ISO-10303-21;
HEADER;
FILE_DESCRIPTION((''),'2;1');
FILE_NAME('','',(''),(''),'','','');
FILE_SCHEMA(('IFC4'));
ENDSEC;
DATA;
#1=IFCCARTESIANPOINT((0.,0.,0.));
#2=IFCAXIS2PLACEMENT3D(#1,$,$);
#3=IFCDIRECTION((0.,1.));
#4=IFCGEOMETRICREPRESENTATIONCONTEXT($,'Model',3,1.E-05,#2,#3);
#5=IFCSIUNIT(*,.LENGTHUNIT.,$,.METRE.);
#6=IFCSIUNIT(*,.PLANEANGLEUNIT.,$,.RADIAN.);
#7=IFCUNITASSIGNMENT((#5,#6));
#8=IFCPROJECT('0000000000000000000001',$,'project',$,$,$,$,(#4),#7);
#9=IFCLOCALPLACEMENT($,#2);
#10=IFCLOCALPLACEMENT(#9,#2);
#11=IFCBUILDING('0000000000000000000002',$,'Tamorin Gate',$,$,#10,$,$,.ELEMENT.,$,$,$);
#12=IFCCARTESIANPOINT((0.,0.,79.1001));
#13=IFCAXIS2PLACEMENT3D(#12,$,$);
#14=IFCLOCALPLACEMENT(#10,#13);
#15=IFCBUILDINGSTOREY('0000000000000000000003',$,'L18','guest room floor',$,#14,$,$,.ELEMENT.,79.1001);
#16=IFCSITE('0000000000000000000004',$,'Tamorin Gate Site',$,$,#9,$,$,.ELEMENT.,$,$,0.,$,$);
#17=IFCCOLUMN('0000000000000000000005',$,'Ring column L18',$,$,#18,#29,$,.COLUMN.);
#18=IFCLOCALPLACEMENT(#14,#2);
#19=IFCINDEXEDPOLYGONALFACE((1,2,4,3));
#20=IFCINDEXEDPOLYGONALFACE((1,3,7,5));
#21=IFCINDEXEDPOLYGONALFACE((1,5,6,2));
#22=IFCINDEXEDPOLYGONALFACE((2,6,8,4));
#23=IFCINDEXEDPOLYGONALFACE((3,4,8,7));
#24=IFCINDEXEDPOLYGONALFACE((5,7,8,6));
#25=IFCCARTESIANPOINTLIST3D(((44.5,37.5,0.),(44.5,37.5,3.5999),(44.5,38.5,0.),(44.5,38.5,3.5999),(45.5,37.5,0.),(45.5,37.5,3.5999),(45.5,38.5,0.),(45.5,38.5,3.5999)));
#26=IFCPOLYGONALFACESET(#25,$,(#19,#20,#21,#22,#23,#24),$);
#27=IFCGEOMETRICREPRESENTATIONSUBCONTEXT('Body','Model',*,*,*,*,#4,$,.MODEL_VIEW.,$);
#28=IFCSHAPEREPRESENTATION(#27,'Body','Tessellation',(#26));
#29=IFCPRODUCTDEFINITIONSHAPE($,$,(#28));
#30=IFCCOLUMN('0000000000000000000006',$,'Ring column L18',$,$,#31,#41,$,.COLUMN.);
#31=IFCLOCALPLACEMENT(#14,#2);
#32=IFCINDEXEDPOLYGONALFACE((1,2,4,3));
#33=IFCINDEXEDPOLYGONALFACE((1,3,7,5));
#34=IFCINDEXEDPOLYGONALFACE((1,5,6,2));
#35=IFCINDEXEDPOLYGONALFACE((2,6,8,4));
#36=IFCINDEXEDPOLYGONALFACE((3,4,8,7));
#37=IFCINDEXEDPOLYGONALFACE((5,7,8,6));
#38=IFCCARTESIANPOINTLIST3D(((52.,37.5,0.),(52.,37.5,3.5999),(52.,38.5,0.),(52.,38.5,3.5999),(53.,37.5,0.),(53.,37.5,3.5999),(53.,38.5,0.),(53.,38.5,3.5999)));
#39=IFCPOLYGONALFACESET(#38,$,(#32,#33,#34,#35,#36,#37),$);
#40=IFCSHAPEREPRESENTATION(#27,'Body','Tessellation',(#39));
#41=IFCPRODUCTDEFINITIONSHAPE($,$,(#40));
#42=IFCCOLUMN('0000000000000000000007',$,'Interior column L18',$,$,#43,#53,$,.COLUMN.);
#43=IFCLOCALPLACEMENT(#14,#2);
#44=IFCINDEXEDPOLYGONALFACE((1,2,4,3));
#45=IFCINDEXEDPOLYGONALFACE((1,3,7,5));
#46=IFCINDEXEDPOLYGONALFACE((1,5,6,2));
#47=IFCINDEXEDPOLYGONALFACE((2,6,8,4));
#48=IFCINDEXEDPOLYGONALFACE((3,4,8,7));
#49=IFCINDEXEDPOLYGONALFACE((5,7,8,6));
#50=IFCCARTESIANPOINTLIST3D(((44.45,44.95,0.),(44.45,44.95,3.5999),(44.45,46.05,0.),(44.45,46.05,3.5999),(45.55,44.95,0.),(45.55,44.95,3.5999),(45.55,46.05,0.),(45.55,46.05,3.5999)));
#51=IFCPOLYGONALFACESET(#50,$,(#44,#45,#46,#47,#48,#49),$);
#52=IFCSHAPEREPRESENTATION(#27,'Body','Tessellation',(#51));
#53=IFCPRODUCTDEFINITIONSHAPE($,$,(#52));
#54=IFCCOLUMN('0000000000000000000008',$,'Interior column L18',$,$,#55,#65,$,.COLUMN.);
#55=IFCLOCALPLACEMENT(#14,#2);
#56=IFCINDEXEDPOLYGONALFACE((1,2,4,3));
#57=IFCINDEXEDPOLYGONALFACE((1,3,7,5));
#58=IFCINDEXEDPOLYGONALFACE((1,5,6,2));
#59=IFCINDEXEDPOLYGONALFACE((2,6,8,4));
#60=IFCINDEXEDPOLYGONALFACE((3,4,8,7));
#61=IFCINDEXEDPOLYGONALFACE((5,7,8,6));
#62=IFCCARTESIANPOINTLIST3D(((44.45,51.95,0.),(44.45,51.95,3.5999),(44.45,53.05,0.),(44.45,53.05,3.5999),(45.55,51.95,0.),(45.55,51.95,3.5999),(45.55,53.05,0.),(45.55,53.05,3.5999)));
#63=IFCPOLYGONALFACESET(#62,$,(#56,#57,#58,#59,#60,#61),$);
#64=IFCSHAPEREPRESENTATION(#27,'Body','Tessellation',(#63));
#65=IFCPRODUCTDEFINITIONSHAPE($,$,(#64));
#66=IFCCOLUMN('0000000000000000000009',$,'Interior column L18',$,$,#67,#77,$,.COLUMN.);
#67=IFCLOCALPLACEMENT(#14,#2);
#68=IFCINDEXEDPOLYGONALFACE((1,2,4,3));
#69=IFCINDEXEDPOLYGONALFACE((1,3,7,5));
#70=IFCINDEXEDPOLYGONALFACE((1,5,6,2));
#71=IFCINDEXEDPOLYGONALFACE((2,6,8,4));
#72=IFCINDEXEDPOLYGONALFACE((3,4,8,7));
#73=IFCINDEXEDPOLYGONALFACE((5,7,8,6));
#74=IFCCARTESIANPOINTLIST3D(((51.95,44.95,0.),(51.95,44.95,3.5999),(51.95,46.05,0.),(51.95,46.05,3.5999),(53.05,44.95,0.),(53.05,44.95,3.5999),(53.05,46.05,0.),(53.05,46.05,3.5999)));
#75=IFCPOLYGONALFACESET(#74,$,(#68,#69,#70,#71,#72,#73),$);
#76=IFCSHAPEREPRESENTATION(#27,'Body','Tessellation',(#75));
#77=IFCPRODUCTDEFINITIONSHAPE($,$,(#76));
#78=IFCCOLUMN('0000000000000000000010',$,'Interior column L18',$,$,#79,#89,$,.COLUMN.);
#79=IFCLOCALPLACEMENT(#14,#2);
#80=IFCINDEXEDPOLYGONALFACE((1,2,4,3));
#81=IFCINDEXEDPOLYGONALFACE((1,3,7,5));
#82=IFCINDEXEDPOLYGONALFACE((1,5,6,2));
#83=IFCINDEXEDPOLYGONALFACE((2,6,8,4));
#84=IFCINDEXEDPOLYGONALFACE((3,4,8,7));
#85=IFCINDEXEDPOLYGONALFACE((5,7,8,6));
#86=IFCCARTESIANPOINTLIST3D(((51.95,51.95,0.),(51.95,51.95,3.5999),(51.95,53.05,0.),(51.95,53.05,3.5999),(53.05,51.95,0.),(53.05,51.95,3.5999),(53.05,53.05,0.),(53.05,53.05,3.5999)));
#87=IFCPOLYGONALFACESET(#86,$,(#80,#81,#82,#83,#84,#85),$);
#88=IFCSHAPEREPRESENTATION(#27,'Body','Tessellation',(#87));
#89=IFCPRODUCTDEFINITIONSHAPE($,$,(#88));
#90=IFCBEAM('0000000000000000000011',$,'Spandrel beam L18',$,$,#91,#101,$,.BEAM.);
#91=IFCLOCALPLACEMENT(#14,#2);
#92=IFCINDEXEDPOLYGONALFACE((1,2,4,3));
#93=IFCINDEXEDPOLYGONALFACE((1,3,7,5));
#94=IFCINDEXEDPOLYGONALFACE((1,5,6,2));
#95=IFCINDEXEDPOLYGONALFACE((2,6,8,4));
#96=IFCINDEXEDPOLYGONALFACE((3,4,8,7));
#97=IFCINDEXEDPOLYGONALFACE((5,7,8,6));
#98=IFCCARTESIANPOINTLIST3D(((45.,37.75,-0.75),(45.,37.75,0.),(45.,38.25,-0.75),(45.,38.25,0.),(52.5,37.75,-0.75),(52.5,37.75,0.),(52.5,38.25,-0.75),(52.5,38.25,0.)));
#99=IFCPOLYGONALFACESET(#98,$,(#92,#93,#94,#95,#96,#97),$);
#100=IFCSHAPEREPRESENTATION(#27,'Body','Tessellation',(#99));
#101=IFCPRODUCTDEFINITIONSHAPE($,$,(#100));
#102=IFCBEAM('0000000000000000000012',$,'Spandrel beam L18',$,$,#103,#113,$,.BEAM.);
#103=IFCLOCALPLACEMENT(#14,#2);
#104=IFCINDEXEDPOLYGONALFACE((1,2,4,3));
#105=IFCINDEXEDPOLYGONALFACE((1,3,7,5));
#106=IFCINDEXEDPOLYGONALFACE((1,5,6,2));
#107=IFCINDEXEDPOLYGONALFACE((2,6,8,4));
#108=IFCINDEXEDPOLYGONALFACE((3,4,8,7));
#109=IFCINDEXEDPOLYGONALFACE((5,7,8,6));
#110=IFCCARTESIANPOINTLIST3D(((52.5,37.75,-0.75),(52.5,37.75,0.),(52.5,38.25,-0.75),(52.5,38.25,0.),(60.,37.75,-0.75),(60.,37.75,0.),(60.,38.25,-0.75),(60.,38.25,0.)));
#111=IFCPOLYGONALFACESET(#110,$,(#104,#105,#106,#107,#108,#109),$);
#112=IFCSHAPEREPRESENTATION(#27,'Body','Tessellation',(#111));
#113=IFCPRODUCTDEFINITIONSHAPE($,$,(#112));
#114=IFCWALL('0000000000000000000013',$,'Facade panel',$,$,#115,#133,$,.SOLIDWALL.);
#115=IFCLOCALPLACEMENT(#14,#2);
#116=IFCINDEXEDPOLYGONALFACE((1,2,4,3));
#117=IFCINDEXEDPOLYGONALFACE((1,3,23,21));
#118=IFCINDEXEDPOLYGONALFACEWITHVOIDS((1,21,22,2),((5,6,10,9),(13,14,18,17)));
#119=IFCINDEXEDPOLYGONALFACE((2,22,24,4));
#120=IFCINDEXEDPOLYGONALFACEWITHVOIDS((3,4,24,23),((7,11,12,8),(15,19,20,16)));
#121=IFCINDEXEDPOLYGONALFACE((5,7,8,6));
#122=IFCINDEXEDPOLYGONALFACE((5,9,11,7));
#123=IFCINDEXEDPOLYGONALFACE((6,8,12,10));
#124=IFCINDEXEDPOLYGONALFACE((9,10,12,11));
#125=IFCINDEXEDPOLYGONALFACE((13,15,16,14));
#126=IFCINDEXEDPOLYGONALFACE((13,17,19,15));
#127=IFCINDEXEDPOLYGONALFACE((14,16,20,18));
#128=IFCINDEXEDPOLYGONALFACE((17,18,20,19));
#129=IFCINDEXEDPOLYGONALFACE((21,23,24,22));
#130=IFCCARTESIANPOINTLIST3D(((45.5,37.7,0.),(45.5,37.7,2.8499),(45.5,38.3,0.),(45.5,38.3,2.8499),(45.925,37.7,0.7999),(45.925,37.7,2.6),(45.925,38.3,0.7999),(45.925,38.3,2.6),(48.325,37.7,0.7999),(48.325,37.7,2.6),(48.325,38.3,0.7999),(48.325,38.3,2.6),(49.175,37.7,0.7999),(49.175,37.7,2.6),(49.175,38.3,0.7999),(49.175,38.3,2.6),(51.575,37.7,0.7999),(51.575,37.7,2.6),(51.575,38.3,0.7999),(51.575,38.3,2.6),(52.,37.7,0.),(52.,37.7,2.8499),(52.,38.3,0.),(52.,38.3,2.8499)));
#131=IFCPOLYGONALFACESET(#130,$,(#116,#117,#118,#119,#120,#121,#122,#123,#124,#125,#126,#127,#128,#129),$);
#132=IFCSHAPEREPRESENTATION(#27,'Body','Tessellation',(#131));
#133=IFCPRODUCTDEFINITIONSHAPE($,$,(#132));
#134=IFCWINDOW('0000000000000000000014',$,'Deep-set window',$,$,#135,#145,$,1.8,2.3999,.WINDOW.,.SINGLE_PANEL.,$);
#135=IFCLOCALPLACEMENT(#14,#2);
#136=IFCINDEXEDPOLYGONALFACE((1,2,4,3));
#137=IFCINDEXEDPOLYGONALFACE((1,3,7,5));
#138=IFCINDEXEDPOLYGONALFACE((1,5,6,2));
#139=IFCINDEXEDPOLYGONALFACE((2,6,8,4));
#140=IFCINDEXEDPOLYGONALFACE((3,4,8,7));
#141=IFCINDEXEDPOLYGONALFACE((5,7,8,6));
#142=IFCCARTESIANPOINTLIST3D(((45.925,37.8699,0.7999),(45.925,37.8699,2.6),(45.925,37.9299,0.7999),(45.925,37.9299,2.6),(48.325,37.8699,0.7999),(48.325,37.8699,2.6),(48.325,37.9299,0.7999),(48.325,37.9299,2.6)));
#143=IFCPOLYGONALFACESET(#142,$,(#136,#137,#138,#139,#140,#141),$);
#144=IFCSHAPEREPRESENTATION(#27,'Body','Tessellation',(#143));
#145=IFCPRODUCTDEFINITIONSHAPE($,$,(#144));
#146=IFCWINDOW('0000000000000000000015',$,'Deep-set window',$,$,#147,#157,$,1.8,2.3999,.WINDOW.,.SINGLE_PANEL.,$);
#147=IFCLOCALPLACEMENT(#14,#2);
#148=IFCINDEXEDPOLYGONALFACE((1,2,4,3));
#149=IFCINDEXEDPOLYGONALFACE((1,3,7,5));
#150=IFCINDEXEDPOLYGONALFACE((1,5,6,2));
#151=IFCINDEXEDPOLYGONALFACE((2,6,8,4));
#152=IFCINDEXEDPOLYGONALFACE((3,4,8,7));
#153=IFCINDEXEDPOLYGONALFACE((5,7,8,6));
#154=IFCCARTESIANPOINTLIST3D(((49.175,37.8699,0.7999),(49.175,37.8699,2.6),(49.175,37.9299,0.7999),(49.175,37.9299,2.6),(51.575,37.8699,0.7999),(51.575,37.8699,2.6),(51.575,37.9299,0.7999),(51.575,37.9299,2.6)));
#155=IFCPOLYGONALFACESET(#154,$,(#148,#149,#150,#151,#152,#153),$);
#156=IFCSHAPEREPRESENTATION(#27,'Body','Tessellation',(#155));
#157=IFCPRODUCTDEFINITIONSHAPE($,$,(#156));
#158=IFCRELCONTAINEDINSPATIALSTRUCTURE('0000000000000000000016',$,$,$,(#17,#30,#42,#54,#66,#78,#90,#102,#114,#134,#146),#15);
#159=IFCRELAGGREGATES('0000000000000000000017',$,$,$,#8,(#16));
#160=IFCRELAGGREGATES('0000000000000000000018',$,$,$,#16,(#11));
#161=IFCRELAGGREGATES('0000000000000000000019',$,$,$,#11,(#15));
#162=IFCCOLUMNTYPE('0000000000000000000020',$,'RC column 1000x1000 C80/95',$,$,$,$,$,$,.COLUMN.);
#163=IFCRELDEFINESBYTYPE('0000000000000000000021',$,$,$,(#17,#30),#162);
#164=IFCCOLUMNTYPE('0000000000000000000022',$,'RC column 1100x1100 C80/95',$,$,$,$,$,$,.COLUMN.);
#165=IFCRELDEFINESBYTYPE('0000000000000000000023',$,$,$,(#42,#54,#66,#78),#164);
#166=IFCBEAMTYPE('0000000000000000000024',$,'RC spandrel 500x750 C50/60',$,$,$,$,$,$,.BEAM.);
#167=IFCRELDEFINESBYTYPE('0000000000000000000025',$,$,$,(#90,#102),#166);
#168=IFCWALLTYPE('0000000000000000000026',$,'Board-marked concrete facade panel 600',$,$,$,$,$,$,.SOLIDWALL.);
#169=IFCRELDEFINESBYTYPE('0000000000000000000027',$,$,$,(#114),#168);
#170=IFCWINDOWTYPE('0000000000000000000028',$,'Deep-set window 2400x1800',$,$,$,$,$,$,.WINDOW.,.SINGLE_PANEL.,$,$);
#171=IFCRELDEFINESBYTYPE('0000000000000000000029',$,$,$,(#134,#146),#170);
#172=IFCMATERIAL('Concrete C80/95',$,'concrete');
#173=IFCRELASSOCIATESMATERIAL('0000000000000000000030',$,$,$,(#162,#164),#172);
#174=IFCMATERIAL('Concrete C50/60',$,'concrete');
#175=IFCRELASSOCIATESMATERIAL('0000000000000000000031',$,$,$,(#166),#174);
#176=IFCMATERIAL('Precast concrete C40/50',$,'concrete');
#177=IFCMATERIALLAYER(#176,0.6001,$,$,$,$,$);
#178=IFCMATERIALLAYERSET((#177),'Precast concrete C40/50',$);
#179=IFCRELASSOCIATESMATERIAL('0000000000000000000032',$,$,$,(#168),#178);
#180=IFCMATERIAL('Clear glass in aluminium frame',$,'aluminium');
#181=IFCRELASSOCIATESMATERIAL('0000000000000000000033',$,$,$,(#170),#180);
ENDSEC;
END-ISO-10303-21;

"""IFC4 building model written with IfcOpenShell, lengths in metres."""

from ifc_helpers import new_model, si_unit, direction, frame, frame_2d, origin, origin_2d, place, context, subcontext, project, spatial, rectangle, extrude, material, layer, layer_set, material_profile, profile_set, type_object, element, fill, save


model = new_model("IFC4")

# Units and contexts
model_context = context("Model", 3, precision=1e-05, world=origin(), true_north=direction((0.0, 1.0)))
body_context = subcontext(model_context, "Body", "Model", "MODEL_VIEW")
ifc_project = project(units=[si_unit("LENGTHUNIT", "METRE"), si_unit("PLANEANGLEUNIT", "RADIAN")], contexts=[model_context])

# Site, building, storey
site_placement = place(None, origin())
site = spatial("IfcSite", under=ifc_project, at=site_placement, Name="Tamorin Gate Site", CompositionType="ELEMENT", RefElevation=0.0)
building_placement = place(site_placement, origin())
building = spatial("IfcBuilding", under=site, at=building_placement, Name="Tamorin Gate", CompositionType="ELEMENT")
storey_placement = place(building_placement, frame((0.0, 0.0, 79.1001)))
storey = spatial("IfcBuildingStorey", under=building, at=storey_placement, Name="L18", Description="guest room floor", CompositionType="ELEMENT", Elevation=79.1001)

# Columns
ifc_material_1 = material(Name="Concrete C80/95", Category="concrete")
ifc_material_profile_1 = material_profile(ifc_material_1, rectangle(XDim=1.0, YDim=1.0, at=origin_2d()), Name="RC 1000x1000")
ifc_profile_set_1 = profile_set([ifc_material_profile_1], Name="Concrete C80/95")
column_type_1 = type_object("IfcColumnType", Name="RC column 1000x1000 C80/95", PredefinedType="COLUMN", material=ifc_profile_set_1)
for number, where, z_axis, x_axis, name in (
    (1, (45.0, 38.0, 0.0), (0.0, 0.0, 1.0), (1.0, 0.0, 0.0), "Ring column L18"),
    (2, (52.5, 38.0, 0.0), (0.0, 0.0, 1.0), (1.0, 0.0, 0.0), "Ring column L18"),
):
    element("IfcColumn", number, at=place(storey_placement, frame(where, z_axis=z_axis, x_axis=x_axis)), inside=storey, type_object=column_type_1, Name=name, PredefinedType="COLUMN", context=body_context, shape_type="SweptSolid", body=[
        extrude(rectangle(XDim=1.0, YDim=1.0, at=origin_2d()), origin(), (0.0, 0.0, 1.0), 3.5999),
    ])
ifc_material_profile_2 = material_profile(ifc_material_1, rectangle(XDim=1.1001, YDim=1.1001, at=origin_2d()), Name="RC 1100x1100")
ifc_profile_set_2 = profile_set([ifc_material_profile_2], Name="Concrete C80/95")
column_type_2 = type_object("IfcColumnType", Name="RC column 1100x1100 C80/95", PredefinedType="COLUMN", material=ifc_profile_set_2)
for number, where, z_axis, x_axis, name in (
    (3, (45.0, 45.5, 0.0), (0.0, 0.0, 1.0), (1.0, 0.0, 0.0), "Interior column L18"),
    (4, (45.0, 52.5, 0.0), (0.0, 0.0, 1.0), (1.0, 0.0, 0.0), "Interior column L18"),
    (5, (52.5, 45.5, 0.0), (0.0, 0.0, 1.0), (1.0, 0.0, 0.0), "Interior column L18"),
    (6, (52.5, 52.5, 0.0), (0.0, 0.0, 1.0), (1.0, 0.0, 0.0), "Interior column L18"),
):
    element("IfcColumn", number, at=place(storey_placement, frame(where, z_axis=z_axis, x_axis=x_axis)), inside=storey, type_object=column_type_2, Name=name, PredefinedType="COLUMN", context=body_context, shape_type="SweptSolid", body=[
        extrude(rectangle(XDim=1.1001, YDim=1.1001, at=origin_2d()), origin(), (0.0, 0.0, 1.0), 3.5999),
    ])

# Beams
ifc_material_2 = material(Name="Concrete C50/60", Category="concrete")
ifc_material_profile_3 = material_profile(ifc_material_2, rectangle(XDim=0.5, YDim=0.75, at=origin_2d()), Name="RC 500x750")
ifc_profile_set_3 = profile_set([ifc_material_profile_3], Name="Concrete C50/60")
beam_type = type_object("IfcBeamType", Name="RC spandrel 500x750 C50/60", PredefinedType="BEAM", material=ifc_profile_set_3)
for number, where, z_axis, x_axis, name in (
    (7, (45.0, 38.0, -0.375), (1.0, 0.0, 0.0), (0.0, 1.0, 0.0), "Spandrel beam L18"),
    (8, (52.5, 38.0, -0.375), (1.0, 0.0, 0.0), (0.0, 1.0, 0.0), "Spandrel beam L18"),
):
    element("IfcBeam", number, at=place(storey_placement, frame(where, z_axis=z_axis, x_axis=x_axis)), inside=storey, type_object=beam_type, Name=name, PredefinedType="BEAM", context=body_context, shape_type="SweptSolid", body=[
        extrude(rectangle(XDim=0.5, YDim=0.75, at=origin_2d()), origin(), (0.0, 0.0, 1.0), 7.5),
    ])

# Wall, openings, windows
ifc_material_3 = material(Name="Precast concrete C40/50", Category="concrete")
ifc_layer_1 = layer(ifc_material_3, 0.6001)
ifc_layer_set_1 = layer_set([ifc_layer_1], Name="Precast concrete C40/50")
wall_type_1 = type_object("IfcWallType", Name="Board-marked concrete facade panel 600", PredefinedType="SOLIDWALL", material=ifc_layer_set_1)
wall_1_placement = place(storey_placement, frame((45.5, 38.0, 0.0), z_axis=(0.0, 0.0, 1.0), x_axis=(1.0, 0.0, 0.0)))
wall_1 = element("IfcWall", 9, at=wall_1_placement, inside=storey, type_object=wall_type_1, Name="Facade panel", PredefinedType="SOLIDWALL", context=body_context, shape_type="SweptSolid", body=[
    extrude(rectangle(XDim=6.5, YDim=0.6001, at=frame_2d((3.25, 0.0))), origin(), (0.0, 0.0, 1.0), 2.8499),
])
opening_1_placement = place(wall_1_placement, frame((0.425, 0.0, 0.8)))
opening_1 = element("IfcOpeningElement", 10, at=opening_1_placement, cuts=wall_1, PredefinedType="OPENING", context=body_context, shape_type="SweptSolid", body=[
    extrude(rectangle(XDim=2.3999, YDim=1.8, at=frame_2d((1.2, 0.8999))), frame((0.0, 0.3101, 0.0), z_axis=(0.0, -1.0, 0.0), x_axis=(1.0, 0.0, 0.0)), (0.0, 0.0, 1.0), 0.6201),
])
opening_2_placement = place(wall_1_placement, frame((3.675, 0.0, 0.8)))
opening_2 = element("IfcOpeningElement", 11, at=opening_2_placement, cuts=wall_1, PredefinedType="OPENING", context=body_context, shape_type="SweptSolid", body=[
    extrude(rectangle(XDim=2.3999, YDim=1.8, at=frame_2d((1.2, 0.8999))), frame((0.0, 0.3101, 0.0), z_axis=(0.0, -1.0, 0.0), x_axis=(1.0, 0.0, 0.0)), (0.0, 0.0, 1.0), 0.6201),
])
ifc_material_4 = material(Name="Clear glass in aluminium frame", Category="aluminium")
window_type = type_object("IfcWindowType", Name="Deep-set window 2400x1800", PartitioningType="SINGLE_PANEL", PredefinedType="WINDOW", material=ifc_material_4)
window_1_placement = place(opening_1_placement, origin())
window_1 = element("IfcWindow", 12, at=window_1_placement, inside=storey, type_object=window_type, Name="Deep-set window", OverallHeight=1.8, OverallWidth=2.3999, PartitioningType="SINGLE_PANEL", PredefinedType="WINDOW", context=body_context, shape_type="SweptSolid", body=[
    extrude(rectangle(XDim=2.3999, YDim=1.8, at=frame_2d((1.2, 0.8999))), frame((0.0, -0.0701, 0.0), z_axis=(0.0, -1.0, 0.0), x_axis=(1.0, 0.0, 0.0)), (0.0, 0.0, 1.0), 0.0601),
])
fill(opening_1, window_1)
window_2_placement = place(opening_2_placement, origin())
window_2 = element("IfcWindow", 13, at=window_2_placement, inside=storey, type_object=window_type, Name="Deep-set window", OverallHeight=1.8, OverallWidth=2.3999, PartitioningType="SINGLE_PANEL", PredefinedType="WINDOW", context=body_context, shape_type="SweptSolid", body=[
    extrude(rectangle(XDim=2.3999, YDim=1.8, at=frame_2d((1.2, 0.8999))), frame((0.0, -0.0701, 0.0), z_axis=(0.0, -1.0, 0.0), x_axis=(1.0, 0.0, 0.0)), (0.0, 0.0, 1.0), 0.0601),
])
fill(opening_2, window_2)

save(model, "model.ifc")
